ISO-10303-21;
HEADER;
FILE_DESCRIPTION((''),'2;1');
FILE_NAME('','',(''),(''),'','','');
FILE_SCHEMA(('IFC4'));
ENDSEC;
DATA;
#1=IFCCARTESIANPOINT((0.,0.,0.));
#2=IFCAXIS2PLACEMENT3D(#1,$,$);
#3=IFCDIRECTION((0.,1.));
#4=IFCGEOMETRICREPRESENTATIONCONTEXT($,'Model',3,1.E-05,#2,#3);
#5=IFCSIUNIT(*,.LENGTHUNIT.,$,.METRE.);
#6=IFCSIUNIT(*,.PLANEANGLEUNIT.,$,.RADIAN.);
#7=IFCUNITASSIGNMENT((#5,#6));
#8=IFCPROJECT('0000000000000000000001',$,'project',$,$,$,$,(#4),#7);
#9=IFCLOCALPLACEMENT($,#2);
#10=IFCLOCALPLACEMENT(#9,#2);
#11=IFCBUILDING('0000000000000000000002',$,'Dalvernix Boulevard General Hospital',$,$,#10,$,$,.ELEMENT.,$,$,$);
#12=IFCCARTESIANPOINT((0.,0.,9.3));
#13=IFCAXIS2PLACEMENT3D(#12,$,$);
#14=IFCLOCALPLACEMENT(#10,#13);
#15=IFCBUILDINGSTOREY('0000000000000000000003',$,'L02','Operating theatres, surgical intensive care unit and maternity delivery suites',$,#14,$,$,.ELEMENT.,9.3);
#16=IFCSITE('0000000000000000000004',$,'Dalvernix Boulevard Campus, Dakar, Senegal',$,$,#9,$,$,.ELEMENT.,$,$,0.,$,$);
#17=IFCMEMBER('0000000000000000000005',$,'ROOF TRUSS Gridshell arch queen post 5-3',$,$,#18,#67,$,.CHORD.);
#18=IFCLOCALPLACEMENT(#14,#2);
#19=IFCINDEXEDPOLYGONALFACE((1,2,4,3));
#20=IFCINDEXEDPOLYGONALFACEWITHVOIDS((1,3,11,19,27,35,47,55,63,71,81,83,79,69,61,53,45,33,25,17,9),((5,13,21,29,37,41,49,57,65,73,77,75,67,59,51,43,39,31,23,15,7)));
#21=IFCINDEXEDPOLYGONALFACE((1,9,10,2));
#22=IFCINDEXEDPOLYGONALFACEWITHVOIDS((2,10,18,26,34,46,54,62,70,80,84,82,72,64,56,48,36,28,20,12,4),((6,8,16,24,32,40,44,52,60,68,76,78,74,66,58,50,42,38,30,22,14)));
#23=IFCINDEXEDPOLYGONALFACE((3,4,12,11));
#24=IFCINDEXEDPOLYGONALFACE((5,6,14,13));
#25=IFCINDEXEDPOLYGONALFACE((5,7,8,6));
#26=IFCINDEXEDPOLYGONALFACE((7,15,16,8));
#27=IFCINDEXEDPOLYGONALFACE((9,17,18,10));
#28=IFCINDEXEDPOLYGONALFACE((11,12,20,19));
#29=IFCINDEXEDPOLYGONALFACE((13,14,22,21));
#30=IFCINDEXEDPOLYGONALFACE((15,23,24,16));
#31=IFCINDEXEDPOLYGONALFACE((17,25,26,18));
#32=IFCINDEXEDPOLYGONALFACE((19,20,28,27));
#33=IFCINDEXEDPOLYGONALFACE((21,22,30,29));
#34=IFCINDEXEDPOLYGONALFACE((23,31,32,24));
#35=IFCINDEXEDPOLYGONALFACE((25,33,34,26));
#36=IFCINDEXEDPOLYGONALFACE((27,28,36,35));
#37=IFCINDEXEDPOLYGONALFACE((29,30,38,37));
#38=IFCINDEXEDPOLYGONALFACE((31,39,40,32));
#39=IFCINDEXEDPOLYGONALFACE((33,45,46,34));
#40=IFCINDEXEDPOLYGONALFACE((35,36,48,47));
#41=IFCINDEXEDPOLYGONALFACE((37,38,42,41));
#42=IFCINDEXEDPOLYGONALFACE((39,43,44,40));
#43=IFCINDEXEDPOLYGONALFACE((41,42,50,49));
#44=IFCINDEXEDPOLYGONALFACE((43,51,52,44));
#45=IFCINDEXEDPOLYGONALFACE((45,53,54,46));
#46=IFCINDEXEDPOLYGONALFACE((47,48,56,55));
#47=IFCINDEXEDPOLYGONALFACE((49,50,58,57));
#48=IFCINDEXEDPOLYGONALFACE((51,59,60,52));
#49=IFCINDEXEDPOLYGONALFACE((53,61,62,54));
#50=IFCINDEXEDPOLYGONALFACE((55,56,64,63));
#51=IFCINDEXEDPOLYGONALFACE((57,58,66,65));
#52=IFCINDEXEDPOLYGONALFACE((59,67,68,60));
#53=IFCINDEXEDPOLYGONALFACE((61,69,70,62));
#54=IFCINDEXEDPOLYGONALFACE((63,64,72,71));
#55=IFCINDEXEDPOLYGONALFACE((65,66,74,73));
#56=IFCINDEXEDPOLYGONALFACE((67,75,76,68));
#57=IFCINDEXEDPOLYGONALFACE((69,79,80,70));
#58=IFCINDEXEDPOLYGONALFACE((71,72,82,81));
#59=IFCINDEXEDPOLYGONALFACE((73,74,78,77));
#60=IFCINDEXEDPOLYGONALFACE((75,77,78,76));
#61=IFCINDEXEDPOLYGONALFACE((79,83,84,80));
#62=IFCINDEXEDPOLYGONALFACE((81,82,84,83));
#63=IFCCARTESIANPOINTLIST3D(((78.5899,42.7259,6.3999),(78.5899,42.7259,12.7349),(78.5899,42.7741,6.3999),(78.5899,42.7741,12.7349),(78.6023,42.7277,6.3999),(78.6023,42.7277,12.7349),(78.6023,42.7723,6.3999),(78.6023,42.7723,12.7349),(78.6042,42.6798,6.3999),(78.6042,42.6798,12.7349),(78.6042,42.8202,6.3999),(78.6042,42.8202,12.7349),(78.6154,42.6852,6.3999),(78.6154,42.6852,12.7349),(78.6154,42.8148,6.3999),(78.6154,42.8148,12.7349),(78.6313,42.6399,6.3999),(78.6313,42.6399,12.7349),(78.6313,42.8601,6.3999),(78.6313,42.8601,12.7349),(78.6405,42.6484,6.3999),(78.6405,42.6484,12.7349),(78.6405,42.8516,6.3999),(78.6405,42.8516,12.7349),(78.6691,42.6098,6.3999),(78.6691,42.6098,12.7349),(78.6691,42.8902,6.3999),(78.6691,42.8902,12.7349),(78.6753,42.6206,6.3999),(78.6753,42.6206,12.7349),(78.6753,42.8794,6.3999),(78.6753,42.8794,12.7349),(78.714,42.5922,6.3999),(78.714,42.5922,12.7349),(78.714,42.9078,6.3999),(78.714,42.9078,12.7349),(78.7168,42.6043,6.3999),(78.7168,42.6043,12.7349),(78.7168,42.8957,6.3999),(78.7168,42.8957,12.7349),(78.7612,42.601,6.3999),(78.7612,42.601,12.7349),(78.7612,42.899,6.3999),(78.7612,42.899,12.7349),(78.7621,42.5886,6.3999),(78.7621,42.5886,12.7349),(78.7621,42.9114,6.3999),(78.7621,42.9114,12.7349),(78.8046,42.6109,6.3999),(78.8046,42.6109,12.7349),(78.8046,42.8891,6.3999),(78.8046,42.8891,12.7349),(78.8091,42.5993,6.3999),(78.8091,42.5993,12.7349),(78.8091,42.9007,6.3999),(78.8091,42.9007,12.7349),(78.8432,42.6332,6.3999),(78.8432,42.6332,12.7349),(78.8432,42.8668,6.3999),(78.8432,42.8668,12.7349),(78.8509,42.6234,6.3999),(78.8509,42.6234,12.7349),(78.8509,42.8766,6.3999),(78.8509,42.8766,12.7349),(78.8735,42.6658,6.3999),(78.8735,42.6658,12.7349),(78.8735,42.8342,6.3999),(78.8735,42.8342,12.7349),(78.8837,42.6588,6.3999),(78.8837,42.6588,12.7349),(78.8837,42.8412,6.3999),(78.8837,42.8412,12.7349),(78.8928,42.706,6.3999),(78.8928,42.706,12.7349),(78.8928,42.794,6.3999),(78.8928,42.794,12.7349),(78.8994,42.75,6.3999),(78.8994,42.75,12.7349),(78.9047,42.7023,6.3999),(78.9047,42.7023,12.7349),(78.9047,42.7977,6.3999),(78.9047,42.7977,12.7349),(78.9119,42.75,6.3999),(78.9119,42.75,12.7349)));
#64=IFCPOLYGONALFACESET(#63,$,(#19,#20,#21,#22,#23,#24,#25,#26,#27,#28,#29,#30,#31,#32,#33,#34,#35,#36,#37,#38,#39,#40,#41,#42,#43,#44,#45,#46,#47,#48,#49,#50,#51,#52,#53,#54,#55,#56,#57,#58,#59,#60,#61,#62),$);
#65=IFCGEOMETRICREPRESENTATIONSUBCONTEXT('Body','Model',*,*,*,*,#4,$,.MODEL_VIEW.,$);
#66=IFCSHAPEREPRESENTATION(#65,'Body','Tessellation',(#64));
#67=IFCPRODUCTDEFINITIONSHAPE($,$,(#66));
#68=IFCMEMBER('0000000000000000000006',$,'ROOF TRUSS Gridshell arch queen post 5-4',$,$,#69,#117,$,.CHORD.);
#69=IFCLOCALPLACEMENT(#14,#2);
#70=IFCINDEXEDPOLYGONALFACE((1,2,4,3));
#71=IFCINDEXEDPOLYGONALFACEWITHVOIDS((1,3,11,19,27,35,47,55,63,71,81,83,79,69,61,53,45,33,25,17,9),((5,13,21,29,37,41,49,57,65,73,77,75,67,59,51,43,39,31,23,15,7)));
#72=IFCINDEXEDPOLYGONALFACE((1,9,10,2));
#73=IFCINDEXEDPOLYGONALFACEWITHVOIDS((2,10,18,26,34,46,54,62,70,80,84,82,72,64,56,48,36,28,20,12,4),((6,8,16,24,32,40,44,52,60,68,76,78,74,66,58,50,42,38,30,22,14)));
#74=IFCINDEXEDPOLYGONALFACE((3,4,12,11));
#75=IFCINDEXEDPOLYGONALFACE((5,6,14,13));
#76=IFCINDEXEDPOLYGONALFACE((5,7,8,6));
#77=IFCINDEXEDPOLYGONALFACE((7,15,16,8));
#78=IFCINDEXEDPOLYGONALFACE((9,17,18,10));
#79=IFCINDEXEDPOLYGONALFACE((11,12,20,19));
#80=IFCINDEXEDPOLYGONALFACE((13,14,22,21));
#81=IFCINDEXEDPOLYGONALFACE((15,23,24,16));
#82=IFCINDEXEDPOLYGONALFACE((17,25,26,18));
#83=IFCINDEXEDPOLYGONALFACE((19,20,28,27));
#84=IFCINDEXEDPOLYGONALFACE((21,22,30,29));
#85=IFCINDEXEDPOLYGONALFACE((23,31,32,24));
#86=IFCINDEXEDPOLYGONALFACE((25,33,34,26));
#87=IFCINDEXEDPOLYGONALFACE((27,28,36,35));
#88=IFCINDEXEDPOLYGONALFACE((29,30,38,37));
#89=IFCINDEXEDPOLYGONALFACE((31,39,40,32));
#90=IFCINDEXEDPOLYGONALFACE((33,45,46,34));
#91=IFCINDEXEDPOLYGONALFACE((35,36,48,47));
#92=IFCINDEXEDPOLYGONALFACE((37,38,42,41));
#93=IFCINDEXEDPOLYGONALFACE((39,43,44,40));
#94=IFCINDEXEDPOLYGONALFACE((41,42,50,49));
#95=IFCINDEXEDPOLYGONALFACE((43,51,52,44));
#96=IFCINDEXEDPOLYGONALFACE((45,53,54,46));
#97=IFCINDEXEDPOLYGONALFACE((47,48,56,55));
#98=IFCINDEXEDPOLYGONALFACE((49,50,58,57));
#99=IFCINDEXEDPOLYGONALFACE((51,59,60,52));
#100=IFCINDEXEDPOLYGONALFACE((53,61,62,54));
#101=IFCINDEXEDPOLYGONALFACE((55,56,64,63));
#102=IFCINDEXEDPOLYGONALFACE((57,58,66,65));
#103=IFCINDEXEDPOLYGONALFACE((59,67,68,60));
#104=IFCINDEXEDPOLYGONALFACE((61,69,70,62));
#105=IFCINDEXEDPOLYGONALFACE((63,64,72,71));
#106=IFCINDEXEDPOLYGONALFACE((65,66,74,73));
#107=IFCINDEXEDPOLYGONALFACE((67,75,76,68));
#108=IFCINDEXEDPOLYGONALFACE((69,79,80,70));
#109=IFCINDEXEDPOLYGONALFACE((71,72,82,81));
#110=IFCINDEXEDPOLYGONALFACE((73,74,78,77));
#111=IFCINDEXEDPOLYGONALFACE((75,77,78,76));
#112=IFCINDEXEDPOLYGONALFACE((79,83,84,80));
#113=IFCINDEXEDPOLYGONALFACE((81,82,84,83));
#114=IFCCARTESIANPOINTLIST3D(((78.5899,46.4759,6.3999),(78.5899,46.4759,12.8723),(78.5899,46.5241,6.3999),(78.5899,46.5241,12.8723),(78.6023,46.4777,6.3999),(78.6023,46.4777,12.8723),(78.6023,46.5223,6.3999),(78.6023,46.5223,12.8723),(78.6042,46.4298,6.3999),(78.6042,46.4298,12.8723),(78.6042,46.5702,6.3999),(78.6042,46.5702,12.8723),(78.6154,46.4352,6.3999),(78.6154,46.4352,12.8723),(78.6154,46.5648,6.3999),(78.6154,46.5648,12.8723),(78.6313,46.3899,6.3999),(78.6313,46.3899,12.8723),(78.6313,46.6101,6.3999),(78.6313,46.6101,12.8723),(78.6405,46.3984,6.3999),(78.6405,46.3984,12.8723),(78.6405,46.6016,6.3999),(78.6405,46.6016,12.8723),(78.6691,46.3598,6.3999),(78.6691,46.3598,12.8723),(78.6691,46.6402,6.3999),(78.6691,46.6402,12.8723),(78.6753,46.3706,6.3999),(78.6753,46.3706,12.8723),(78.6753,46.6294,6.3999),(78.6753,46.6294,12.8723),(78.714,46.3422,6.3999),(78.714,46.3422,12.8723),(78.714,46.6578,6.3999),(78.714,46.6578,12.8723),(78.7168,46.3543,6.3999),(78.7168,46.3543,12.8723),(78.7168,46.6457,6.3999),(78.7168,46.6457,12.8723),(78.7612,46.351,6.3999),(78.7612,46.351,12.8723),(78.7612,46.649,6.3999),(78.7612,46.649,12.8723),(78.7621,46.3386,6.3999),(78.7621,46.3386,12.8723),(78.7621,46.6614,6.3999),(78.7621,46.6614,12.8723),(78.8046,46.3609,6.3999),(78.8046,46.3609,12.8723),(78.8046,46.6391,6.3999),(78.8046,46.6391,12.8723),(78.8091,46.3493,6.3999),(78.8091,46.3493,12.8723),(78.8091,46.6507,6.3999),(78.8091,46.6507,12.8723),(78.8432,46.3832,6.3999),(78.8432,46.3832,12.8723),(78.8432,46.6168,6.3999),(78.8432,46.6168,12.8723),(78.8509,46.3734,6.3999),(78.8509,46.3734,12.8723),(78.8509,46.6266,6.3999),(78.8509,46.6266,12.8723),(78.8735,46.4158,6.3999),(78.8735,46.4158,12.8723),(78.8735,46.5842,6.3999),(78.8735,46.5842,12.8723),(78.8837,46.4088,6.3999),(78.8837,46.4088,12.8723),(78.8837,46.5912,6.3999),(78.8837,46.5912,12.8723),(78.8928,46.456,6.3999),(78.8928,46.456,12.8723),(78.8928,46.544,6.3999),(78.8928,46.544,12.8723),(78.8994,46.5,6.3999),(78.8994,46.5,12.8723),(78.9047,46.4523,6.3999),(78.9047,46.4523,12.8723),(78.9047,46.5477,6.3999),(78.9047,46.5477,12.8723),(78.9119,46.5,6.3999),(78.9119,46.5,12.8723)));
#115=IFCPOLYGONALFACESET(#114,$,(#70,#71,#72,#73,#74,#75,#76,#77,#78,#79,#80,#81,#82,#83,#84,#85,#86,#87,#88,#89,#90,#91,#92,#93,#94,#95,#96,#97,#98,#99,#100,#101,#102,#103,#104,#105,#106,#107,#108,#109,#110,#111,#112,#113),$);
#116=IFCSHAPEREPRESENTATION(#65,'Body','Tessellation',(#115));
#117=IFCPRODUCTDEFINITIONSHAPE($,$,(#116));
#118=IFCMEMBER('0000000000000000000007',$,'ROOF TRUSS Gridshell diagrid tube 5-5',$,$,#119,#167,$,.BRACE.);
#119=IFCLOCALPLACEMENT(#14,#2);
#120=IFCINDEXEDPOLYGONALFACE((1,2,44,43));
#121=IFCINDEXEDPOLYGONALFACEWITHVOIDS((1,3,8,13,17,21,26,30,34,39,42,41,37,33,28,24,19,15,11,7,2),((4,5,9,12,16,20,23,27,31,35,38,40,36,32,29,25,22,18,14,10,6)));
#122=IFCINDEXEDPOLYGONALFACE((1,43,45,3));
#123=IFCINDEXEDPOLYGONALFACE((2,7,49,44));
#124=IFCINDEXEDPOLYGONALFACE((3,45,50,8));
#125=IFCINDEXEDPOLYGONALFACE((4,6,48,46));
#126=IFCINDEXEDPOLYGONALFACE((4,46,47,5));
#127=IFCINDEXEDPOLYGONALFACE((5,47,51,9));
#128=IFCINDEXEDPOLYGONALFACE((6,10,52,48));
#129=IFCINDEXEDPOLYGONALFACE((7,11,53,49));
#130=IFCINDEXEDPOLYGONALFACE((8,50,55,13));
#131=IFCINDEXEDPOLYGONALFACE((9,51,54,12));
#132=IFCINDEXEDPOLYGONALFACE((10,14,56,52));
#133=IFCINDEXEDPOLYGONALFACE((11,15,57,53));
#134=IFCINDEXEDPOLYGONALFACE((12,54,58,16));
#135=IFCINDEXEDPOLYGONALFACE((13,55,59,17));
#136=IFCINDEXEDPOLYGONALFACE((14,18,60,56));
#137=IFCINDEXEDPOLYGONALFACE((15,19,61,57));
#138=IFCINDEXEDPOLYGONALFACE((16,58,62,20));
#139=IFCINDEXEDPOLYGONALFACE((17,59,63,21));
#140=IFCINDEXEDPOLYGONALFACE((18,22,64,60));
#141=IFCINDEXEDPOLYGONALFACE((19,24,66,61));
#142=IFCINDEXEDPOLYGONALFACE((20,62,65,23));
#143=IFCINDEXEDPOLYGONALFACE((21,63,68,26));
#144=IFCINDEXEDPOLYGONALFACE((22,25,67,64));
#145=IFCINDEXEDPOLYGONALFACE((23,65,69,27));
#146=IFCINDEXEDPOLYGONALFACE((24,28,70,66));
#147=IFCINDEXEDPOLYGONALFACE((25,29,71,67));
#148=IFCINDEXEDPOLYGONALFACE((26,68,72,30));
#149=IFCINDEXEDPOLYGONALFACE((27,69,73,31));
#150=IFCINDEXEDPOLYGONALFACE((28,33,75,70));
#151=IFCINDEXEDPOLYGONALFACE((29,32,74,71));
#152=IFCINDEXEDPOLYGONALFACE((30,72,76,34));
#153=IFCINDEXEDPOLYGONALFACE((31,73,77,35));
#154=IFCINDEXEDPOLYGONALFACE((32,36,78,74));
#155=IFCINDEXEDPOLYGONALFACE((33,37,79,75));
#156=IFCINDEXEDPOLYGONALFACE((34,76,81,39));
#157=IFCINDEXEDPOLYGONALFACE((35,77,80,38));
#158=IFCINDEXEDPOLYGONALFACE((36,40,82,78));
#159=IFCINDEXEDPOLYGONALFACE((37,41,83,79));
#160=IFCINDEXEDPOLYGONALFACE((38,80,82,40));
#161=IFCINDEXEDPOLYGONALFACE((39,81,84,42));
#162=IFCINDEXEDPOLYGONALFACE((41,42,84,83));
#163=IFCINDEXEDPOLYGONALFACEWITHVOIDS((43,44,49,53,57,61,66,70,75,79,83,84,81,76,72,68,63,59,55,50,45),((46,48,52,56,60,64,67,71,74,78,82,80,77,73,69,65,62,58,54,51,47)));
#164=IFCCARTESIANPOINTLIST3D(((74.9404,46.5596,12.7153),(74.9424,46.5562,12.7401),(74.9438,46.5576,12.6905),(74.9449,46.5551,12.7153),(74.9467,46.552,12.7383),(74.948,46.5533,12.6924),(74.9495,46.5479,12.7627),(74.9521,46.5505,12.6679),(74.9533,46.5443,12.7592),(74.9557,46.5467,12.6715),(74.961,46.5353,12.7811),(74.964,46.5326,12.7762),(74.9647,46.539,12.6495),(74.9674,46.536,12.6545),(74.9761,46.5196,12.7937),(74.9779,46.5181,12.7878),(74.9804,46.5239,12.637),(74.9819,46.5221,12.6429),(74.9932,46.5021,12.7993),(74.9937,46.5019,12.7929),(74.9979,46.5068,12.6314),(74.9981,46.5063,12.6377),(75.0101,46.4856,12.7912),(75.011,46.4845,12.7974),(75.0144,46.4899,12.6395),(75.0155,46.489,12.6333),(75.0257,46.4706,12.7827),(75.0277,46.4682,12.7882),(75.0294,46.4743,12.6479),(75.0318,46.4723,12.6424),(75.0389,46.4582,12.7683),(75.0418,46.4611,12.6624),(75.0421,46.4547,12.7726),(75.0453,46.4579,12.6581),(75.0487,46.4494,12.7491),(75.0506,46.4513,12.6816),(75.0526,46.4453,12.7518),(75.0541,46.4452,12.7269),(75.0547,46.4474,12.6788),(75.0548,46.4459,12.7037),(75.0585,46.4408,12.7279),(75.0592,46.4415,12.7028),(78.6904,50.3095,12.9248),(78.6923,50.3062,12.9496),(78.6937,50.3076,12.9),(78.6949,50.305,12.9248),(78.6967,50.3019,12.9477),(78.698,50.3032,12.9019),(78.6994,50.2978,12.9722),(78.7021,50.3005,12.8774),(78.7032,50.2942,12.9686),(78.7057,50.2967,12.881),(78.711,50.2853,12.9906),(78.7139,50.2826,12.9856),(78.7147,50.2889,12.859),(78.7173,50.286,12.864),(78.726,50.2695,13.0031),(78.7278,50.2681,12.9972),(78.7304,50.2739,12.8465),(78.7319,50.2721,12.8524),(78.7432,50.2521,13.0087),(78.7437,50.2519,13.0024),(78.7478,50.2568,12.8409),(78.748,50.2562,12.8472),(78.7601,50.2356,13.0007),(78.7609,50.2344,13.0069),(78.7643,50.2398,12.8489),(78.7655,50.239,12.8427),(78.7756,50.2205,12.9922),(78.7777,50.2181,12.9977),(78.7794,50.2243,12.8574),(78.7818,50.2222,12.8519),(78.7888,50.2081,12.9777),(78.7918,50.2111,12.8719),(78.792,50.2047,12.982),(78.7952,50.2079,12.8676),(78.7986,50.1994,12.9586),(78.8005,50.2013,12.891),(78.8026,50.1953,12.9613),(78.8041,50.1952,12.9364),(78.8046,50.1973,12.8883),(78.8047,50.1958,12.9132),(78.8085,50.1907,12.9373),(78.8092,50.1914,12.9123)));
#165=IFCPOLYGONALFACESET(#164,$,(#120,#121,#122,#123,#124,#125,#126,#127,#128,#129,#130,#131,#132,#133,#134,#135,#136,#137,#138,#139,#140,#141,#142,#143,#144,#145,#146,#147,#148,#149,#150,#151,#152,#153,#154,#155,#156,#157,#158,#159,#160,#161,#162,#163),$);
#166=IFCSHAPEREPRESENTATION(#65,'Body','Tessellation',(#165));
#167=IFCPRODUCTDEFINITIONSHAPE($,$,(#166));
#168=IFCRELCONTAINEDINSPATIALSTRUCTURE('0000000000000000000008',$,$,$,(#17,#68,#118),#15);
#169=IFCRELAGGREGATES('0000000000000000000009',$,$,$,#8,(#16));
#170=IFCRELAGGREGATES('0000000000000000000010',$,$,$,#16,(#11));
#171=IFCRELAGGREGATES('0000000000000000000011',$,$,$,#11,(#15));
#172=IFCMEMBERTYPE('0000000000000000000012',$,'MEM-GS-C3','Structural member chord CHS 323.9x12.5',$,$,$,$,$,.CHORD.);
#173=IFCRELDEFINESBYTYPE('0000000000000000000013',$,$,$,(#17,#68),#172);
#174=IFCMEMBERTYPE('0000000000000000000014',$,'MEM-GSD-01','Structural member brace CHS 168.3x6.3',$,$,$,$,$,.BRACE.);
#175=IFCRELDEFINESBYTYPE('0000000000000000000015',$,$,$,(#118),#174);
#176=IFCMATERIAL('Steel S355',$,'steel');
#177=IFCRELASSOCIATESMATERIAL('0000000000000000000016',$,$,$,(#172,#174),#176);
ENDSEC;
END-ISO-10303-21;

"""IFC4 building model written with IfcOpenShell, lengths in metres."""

from ifc_helpers import new_model, si_unit, direction, frame, origin, origin_2d, place, context, subcontext, project, spatial, hollow_circle, extrude, material, material_profile, profile_set, type_object, element, save


model = new_model("IFC4")

# Units and contexts
model_context = context("Model", 3, precision=1e-05, world=origin(), true_north=direction((0.0, 1.0)))
body_context = subcontext(model_context, "Body", "Model", "MODEL_VIEW")
ifc_project = project(units=[si_unit("LENGTHUNIT", "METRE"), si_unit("PLANEANGLEUNIT", "RADIAN")], contexts=[model_context])

# Site, building, storey
site_placement = place(None, origin())
site = spatial("IfcSite", under=ifc_project, at=site_placement, Name="Dalvernix Boulevard Campus, Dakar, Senegal", CompositionType="ELEMENT", RefElevation=0.0)
building_placement = place(site_placement, origin())
building = spatial("IfcBuilding", under=site, at=building_placement, Name="Dalvernix Boulevard General Hospital", CompositionType="ELEMENT")
storey_placement = place(building_placement, frame((0.0, 0.0, 9.3)))
storey = spatial("IfcBuildingStorey", under=building, at=storey_placement, Name="L02", Description="Operating theatres, surgical intensive care unit and maternity delivery suites", CompositionType="ELEMENT", Elevation=9.3)

# Shared definitions
ifc_material_1 = material(Name="Steel S355", Category="steel")

# Members
ifc_material_profile_1 = material_profile(ifc_material_1, hollow_circle(Radius=0.1619, WallThickness=0.0125, at=origin_2d()), Name="CHS 323.9x12.5")
ifc_profile_set_1 = profile_set([ifc_material_profile_1], Name="Steel S355")
member_type_1 = type_object("IfcMemberType", Name="MEM-GS-C3", Description="Structural member chord CHS 323.9x12.5", PredefinedType="CHORD", material=ifc_profile_set_1)
member_1_placement = place(storey_placement, frame((78.75, 42.75, 6.3999), z_axis=(0.0, 0.0, 1.0), x_axis=(1.0, 0.0, 0.0)))
element("IfcMember", 1, at=member_1_placement, inside=storey, type_object=member_type_1, Name="ROOF TRUSS Gridshell arch queen post 5-3", PredefinedType="CHORD", context=body_context, shape_type="SweptSolid", body=[
    extrude(hollow_circle(Radius=0.1619, WallThickness=0.0125, at=origin_2d()), origin(), (0.0, 0.0, 1.0), 6.335),
])
member_2_placement = place(storey_placement, frame((78.75, 46.5, 6.3999), z_axis=(0.0, 0.0, 1.0), x_axis=(1.0, 0.0, 0.0)))
element("IfcMember", 2, at=member_2_placement, inside=storey, type_object=member_type_1, Name="ROOF TRUSS Gridshell arch queen post 5-4", PredefinedType="CHORD", context=body_context, shape_type="SweptSolid", body=[
    extrude(hollow_circle(Radius=0.1619, WallThickness=0.0125, at=origin_2d()), origin(), (0.0, 0.0, 1.0), 6.4724),
])
ifc_material_profile_2 = material_profile(ifc_material_1, hollow_circle(Radius=0.0842, WallThickness=0.0063, at=origin_2d()), Name="CHS 168.3x6.3")
ifc_profile_set_2 = profile_set([ifc_material_profile_2], Name="Steel S355")
member_type_2 = type_object("IfcMemberType", Name="MEM-GSD-01", Description="Structural member brace CHS 168.3x6.3", PredefinedType="BRACE", material=ifc_profile_set_2)
member_3_placement = place(storey_placement, frame((75.0, 46.5, 12.7153), z_axis=(0.706556, 0.706556, 0.039468), x_axis=(-0.707107, 0.707107, 0.0)))
element("IfcMember", 3, at=member_3_placement, inside=storey, type_object=member_type_2, Name="ROOF TRUSS Gridshell diagrid tube 5-5", PredefinedType="BRACE", context=body_context, shape_type="SweptSolid", body=[
    extrude(hollow_circle(Radius=0.0842, WallThickness=0.0063, at=origin_2d()), origin(), (0.0, 0.0, 1.0), 5.3074),
])

save(model, "model.ifc")
